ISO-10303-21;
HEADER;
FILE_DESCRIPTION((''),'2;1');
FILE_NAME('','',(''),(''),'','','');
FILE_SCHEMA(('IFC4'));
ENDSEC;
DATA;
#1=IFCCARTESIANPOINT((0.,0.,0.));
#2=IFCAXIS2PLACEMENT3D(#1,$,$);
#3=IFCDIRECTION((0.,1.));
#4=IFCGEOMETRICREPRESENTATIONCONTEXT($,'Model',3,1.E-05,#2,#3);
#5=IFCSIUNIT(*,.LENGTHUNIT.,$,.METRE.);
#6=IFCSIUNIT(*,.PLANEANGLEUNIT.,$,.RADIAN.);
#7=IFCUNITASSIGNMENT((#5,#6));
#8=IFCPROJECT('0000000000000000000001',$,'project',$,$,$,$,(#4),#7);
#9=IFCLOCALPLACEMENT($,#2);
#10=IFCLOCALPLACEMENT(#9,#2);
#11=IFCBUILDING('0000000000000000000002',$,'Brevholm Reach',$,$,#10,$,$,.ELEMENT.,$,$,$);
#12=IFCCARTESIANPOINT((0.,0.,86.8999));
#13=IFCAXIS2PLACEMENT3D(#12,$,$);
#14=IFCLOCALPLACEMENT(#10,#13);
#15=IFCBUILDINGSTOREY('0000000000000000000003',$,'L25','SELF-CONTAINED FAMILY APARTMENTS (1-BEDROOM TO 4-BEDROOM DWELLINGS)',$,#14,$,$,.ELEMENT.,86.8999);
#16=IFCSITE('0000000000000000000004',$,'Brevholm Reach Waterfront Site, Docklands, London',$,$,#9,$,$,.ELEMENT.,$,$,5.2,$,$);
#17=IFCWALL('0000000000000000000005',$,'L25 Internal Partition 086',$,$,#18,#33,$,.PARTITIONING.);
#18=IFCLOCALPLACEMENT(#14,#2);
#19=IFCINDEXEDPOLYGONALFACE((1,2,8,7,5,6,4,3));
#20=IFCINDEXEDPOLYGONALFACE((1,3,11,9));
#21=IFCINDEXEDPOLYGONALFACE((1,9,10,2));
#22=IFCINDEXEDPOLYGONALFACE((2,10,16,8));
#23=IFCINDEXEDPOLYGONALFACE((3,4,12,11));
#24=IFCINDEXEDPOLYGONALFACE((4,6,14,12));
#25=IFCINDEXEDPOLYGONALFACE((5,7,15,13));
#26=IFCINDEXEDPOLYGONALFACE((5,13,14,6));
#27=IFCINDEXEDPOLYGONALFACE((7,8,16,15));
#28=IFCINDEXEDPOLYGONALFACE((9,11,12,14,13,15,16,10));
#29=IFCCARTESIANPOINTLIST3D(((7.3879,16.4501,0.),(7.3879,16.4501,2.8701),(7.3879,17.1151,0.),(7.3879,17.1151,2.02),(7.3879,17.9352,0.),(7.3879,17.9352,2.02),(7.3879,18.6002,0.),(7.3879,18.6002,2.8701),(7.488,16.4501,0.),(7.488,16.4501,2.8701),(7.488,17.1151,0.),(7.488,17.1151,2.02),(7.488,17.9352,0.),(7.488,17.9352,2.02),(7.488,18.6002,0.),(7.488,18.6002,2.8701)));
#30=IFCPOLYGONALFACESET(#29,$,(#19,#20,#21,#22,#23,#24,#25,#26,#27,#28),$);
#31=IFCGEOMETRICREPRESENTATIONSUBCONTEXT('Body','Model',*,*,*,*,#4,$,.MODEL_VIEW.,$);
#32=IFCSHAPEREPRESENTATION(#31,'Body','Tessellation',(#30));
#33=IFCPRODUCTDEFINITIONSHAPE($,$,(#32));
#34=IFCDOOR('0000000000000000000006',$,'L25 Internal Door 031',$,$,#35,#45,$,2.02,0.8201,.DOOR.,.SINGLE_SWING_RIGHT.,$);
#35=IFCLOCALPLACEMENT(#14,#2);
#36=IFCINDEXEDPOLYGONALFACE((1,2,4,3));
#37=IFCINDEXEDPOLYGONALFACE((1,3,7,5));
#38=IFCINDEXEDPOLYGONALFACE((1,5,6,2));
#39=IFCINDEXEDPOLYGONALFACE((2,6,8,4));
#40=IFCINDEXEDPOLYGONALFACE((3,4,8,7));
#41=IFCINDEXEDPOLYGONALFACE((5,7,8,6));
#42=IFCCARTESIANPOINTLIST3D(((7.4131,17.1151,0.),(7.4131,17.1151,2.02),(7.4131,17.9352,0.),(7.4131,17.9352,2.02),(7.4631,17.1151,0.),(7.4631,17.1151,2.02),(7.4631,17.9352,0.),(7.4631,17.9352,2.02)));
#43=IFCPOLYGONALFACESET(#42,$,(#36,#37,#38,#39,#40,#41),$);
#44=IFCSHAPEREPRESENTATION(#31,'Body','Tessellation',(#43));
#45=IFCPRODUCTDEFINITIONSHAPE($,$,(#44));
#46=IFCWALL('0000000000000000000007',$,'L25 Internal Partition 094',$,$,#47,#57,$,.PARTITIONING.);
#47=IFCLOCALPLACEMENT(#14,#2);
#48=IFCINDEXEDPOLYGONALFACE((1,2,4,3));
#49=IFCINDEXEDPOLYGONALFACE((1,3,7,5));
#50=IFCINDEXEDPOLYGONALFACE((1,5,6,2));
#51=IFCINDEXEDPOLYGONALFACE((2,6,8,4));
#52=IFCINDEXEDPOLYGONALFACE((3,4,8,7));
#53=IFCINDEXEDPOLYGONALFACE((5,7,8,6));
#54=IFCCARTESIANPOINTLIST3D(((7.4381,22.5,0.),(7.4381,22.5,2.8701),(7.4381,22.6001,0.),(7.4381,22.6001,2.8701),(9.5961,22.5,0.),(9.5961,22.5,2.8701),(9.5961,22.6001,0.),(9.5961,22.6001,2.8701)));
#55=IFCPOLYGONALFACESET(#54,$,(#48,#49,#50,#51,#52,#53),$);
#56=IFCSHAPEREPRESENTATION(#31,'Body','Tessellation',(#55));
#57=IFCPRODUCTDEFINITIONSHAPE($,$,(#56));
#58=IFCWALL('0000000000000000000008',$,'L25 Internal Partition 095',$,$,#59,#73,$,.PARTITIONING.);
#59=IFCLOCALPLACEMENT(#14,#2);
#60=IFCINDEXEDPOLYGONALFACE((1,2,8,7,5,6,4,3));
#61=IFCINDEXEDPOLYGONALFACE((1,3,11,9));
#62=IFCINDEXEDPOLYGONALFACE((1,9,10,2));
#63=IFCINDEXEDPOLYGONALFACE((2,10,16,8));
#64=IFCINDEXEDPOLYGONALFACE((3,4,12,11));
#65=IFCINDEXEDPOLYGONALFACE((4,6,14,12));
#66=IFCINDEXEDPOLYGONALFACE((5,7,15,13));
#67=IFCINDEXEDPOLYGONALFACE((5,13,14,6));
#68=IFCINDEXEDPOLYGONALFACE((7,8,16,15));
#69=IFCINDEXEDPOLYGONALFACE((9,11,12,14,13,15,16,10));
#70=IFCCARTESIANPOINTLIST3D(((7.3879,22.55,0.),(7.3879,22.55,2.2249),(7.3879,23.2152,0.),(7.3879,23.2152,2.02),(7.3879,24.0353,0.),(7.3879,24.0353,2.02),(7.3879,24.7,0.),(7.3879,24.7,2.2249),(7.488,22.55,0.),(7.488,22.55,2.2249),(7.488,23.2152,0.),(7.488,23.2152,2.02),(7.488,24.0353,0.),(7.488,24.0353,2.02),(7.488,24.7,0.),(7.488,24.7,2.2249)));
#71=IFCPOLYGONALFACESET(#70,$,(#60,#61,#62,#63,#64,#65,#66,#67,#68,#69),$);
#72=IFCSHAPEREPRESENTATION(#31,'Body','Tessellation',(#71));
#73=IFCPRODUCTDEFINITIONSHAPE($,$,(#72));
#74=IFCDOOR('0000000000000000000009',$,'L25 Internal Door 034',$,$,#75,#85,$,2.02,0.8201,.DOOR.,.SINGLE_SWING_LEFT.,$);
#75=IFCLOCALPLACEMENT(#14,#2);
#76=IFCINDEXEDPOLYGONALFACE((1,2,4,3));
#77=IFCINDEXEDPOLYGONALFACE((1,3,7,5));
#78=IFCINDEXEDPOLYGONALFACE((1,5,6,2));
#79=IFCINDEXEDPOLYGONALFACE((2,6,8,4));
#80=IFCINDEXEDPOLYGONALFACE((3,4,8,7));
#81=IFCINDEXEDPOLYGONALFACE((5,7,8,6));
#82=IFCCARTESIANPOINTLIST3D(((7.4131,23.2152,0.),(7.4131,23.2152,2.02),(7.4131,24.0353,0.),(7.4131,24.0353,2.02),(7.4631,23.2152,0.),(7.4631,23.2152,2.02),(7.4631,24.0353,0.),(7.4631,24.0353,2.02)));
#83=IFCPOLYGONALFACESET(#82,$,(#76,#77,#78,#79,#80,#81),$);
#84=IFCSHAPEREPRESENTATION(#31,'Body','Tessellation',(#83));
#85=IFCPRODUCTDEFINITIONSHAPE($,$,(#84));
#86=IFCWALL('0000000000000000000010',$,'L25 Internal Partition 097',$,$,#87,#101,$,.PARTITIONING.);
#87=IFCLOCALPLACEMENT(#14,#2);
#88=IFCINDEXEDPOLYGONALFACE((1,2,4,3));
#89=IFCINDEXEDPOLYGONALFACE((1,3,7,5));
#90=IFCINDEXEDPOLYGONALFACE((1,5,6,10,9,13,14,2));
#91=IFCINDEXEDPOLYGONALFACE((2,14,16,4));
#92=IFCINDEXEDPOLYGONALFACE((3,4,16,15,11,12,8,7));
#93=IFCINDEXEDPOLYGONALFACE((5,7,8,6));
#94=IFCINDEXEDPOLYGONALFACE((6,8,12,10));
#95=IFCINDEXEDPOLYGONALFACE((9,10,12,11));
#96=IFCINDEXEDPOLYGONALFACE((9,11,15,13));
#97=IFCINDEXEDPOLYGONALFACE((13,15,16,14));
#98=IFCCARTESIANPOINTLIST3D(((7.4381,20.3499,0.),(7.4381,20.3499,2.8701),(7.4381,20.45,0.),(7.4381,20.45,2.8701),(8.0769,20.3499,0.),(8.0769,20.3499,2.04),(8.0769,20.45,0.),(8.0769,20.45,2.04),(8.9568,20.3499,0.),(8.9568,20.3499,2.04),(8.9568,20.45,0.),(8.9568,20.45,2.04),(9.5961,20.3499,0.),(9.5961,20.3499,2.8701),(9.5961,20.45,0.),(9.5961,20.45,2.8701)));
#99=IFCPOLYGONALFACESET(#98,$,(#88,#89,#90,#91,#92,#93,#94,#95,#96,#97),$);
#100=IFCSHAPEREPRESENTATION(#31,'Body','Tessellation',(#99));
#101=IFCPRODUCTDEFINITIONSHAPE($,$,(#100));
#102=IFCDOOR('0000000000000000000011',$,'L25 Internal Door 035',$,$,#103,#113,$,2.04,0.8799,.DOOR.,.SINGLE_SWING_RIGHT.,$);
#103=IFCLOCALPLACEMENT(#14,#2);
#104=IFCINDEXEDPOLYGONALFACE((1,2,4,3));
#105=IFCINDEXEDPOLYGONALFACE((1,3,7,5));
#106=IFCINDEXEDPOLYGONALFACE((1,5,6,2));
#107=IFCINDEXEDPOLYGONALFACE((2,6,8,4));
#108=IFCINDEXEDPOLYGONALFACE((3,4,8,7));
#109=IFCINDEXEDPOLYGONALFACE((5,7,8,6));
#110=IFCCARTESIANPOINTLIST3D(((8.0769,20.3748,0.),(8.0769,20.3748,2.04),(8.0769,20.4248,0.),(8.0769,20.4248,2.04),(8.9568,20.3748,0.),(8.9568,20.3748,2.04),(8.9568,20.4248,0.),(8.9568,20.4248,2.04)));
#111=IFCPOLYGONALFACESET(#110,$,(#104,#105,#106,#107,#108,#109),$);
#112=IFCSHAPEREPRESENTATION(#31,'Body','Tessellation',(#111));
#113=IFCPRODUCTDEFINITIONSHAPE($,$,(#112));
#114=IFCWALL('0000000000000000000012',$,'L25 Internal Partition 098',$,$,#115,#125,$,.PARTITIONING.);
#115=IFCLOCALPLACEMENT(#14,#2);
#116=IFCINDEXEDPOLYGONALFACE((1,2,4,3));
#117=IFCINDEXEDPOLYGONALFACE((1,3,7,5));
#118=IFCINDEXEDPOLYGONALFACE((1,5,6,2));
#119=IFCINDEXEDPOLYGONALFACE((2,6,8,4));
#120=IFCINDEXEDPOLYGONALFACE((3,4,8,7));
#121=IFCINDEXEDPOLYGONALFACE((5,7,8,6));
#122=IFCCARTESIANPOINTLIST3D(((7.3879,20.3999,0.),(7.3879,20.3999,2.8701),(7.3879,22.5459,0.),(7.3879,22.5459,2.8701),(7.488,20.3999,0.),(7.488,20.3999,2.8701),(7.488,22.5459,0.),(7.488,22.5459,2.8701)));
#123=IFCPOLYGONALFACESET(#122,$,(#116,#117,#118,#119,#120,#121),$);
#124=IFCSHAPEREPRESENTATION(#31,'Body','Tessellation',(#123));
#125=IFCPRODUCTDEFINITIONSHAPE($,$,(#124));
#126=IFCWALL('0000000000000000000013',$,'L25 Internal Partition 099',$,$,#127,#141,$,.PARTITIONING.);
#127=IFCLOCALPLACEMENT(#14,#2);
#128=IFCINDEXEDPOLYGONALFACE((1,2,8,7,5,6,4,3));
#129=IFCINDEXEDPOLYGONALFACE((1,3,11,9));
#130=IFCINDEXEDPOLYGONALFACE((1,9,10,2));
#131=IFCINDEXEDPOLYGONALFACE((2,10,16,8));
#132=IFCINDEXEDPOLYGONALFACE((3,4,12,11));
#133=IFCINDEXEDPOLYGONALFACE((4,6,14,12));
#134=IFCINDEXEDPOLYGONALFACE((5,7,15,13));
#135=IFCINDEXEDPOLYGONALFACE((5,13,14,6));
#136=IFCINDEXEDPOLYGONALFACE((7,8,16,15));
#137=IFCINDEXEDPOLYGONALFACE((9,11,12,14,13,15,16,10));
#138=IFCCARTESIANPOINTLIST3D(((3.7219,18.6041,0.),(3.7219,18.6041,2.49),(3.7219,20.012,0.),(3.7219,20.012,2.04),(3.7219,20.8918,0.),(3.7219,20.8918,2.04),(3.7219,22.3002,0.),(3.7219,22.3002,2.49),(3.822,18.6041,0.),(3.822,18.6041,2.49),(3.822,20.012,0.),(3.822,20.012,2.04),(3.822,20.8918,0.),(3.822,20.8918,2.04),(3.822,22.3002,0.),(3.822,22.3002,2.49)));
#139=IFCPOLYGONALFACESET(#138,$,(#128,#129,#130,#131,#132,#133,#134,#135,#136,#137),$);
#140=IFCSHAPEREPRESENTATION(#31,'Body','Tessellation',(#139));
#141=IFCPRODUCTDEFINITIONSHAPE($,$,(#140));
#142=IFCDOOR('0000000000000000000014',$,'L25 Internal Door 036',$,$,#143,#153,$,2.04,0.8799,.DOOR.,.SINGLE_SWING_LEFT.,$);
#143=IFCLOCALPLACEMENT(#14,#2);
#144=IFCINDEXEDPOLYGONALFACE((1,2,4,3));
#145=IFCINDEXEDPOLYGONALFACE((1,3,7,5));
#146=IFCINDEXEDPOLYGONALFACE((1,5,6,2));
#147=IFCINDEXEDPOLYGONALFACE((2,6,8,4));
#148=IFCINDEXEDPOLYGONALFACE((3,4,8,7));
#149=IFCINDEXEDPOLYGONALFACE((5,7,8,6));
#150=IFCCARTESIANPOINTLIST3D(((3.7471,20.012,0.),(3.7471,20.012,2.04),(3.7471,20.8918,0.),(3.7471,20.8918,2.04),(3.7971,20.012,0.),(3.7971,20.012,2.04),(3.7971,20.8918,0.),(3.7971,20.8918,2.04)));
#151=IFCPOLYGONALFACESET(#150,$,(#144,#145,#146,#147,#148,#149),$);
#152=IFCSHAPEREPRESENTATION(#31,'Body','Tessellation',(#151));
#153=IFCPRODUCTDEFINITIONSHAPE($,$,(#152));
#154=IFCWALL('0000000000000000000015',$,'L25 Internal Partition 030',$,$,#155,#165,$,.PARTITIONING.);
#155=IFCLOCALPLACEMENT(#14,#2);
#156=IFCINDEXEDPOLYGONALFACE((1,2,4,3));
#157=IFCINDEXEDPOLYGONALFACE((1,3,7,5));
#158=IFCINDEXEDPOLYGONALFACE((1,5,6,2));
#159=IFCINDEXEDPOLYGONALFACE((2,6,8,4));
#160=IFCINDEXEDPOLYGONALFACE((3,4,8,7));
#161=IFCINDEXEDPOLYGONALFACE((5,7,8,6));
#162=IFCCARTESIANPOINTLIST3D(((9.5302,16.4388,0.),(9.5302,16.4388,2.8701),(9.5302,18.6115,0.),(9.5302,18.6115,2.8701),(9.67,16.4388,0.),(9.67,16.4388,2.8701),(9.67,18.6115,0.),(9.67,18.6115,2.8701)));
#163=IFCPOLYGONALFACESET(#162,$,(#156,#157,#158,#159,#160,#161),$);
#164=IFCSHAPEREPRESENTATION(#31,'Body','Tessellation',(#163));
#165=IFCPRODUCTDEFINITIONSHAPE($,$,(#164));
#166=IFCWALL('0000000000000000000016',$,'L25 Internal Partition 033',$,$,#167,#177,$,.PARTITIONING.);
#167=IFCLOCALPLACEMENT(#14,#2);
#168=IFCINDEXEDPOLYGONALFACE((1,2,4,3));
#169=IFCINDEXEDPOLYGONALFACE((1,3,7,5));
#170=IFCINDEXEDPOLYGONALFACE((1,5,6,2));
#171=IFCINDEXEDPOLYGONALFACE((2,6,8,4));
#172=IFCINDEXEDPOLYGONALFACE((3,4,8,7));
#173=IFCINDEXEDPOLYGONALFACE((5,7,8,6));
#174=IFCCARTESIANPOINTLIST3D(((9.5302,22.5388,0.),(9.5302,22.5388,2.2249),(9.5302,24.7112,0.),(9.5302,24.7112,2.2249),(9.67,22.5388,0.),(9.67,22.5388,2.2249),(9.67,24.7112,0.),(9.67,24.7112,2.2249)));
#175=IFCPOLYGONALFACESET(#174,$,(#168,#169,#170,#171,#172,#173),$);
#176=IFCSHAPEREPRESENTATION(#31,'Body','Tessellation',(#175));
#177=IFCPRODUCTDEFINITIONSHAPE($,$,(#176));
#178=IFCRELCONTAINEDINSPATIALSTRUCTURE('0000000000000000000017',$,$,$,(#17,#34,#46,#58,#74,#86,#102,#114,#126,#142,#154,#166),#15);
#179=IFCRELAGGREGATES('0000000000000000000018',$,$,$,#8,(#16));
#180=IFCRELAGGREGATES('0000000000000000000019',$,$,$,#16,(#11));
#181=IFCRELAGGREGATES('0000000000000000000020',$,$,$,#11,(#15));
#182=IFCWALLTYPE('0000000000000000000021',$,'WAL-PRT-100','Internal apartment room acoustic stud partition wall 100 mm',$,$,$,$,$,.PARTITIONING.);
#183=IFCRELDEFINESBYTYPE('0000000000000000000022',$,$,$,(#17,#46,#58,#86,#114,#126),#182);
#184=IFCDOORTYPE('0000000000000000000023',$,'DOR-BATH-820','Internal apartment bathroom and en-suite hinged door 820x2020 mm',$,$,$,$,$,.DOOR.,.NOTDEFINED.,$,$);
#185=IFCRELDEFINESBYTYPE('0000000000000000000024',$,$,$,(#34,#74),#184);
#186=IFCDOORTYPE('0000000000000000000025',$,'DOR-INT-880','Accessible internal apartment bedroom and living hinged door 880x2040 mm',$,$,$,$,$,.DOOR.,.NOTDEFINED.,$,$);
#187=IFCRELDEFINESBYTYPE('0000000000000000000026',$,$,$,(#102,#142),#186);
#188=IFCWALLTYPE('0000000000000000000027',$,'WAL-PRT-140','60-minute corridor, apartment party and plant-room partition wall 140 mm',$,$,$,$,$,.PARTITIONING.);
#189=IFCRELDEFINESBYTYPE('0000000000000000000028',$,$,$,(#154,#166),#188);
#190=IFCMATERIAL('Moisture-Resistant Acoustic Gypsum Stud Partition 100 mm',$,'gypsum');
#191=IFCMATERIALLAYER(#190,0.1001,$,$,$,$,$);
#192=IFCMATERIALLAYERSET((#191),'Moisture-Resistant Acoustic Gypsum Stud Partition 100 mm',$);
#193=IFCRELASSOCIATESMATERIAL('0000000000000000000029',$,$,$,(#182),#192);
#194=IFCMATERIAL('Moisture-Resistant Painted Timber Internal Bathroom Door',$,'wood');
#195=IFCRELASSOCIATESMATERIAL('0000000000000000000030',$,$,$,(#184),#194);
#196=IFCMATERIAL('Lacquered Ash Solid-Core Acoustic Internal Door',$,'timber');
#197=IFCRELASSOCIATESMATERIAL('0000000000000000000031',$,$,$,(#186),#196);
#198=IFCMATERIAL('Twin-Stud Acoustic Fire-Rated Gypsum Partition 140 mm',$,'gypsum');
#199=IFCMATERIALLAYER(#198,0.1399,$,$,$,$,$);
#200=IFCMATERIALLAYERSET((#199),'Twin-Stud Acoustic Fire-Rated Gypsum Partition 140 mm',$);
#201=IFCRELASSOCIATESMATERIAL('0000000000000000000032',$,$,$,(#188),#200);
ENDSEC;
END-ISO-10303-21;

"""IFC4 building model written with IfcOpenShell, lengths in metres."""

from ifc_helpers import new_model, si_unit, direction, frame, frame_2d, origin, place, context, subcontext, project, spatial, rectangle, extrude, material, layer, layer_set, type_object, element, fill, save


model = new_model("IFC4")

# Units and contexts
model_context = context("Model", 3, precision=1e-05, world=origin(), true_north=direction((0.0, 1.0)))
body_context = subcontext(model_context, "Body", "Model", "MODEL_VIEW")
ifc_project = project(units=[si_unit("LENGTHUNIT", "METRE"), si_unit("PLANEANGLEUNIT", "RADIAN")], contexts=[model_context])

# Site, building, storey
site_placement = place(None, origin())
site = spatial("IfcSite", under=ifc_project, at=site_placement, Name="Brevholm Reach Waterfront Site, Docklands, London", CompositionType="ELEMENT", RefElevation=5.2)
building_placement = place(site_placement, origin())
building = spatial("IfcBuilding", under=site, at=building_placement, Name="Brevholm Reach", CompositionType="ELEMENT")
storey_placement = place(building_placement, frame((0.0, 0.0, 86.8999)))
storey = spatial("IfcBuildingStorey", under=building, at=storey_placement, Name="L25", Description="SELF-CONTAINED FAMILY APARTMENTS (1-BEDROOM TO 4-BEDROOM DWELLINGS)", CompositionType="ELEMENT", Elevation=86.8999)

# Shared definitions
ifc_material_1 = material(Name="Moisture-Resistant Acoustic Gypsum Stud Partition 100 mm", Category="gypsum")
ifc_layer_1 = layer(ifc_material_1, 0.1001)
ifc_layer_set_1 = layer_set([ifc_layer_1], Name="Moisture-Resistant Acoustic Gypsum Stud Partition 100 mm")
wall_type_1 = type_object("IfcWallType", Name="WAL-PRT-100", Description="Internal apartment room acoustic stud partition wall 100 mm", PredefinedType="PARTITIONING", material=ifc_layer_set_1)

# Wall, opening, door
wall_1_placement = place(storey_placement, frame((7.438, 16.45, 0.0), z_axis=(0.0, 0.0, 1.0), x_axis=(0.0, 1.0, 0.0)))
wall_1 = element("IfcWall", 1, at=wall_1_placement, inside=storey, type_object=wall_type_1, Name="L25 Internal Partition 086", PredefinedType="PARTITIONING", context=body_context, shape_type="SweptSolid", body=[
    extrude(rectangle(XDim=2.1501, YDim=0.1001, at=frame_2d((1.0752, 0.0))), origin(), (0.0, 0.0, 1.0), 2.8701),
])
opening_1_placement = place(wall_1_placement, frame((0.665, 0.0, 0.0)))
opening_1 = element("IfcOpeningElement", 2, at=opening_1_placement, cuts=wall_1, PredefinedType="OPENING", context=body_context, shape_type="SweptSolid", body=[
    extrude(rectangle(XDim=0.8201, YDim=2.02, at=frame_2d((0.4102, 1.01))), frame((0.0, 0.0601, 0.0), z_axis=(0.0, -1.0, 0.0), x_axis=(1.0, 0.0, 0.0)), (0.0, 0.0, 1.0), 0.1201),
])
ifc_material_2 = material(Name="Moisture-Resistant Painted Timber Internal Bathroom Door", Category="wood")
door_type_1 = type_object("IfcDoorType", Name="DOR-BATH-820", Description="Internal apartment bathroom and en-suite hinged door 820x2020 mm", OperationType="NOTDEFINED", PredefinedType="DOOR", material=ifc_material_2)
door_1_placement = place(opening_1_placement, origin())
door_1 = element("IfcDoor", 3, at=door_1_placement, inside=storey, type_object=door_type_1, Name="L25 Internal Door 031", OperationType="SINGLE_SWING_RIGHT", OverallHeight=2.02, OverallWidth=0.8201, PredefinedType="DOOR", context=body_context, shape_type="SweptSolid", body=[
    extrude(rectangle(XDim=0.8201, YDim=2.02, at=frame_2d((0.4102, 1.01))), frame((0.0, 0.0249, 0.0), z_axis=(0.0, -1.0, 0.0), x_axis=(1.0, 0.0, 0.0)), (0.0, 0.0, 1.0), 0.05),
])
fill(opening_1, door_1)

# Wall
wall_2_placement = place(storey_placement, frame((7.438, 22.55, 0.0), z_axis=(0.0, 0.0, 1.0), x_axis=(1.0, 0.0, 0.0)))
element("IfcWall", 4, at=wall_2_placement, inside=storey, type_object=wall_type_1, Name="L25 Internal Partition 094", PredefinedType="PARTITIONING", context=body_context, shape_type="SweptSolid", body=[
    extrude(rectangle(XDim=2.158, YDim=0.1001, at=frame_2d((1.0791, 0.0))), origin(), (0.0, 0.0, 1.0), 2.8701),
])

# Walls, openings, doors
wall_3_placement = place(storey_placement, frame((7.438, 22.55, 0.0), z_axis=(0.0, 0.0, 1.0), x_axis=(0.0, 1.0, 0.0)))
wall_3 = element("IfcWall", 5, at=wall_3_placement, inside=storey, type_object=wall_type_1, Name="L25 Internal Partition 095", PredefinedType="PARTITIONING", context=body_context, shape_type="SweptSolid", body=[
    extrude(rectangle(XDim=2.1499, YDim=0.1001, at=frame_2d((1.075, 0.0))), origin(), (0.0, 0.0, 1.0), 2.2249),
])
opening_2_placement = place(wall_3_placement, frame((0.665, 0.0, 0.0)))
opening_2 = element("IfcOpeningElement", 6, at=opening_2_placement, cuts=wall_3, PredefinedType="OPENING", context=body_context, shape_type="SweptSolid", body=[
    extrude(rectangle(XDim=0.8201, YDim=2.02, at=frame_2d((0.4102, 1.01))), frame((0.0, 0.0601, 0.0), z_axis=(0.0, -1.0, 0.0), x_axis=(1.0, 0.0, 0.0)), (0.0, 0.0, 1.0), 0.1201),
])
door_2_placement = place(opening_2_placement, origin())
door_2 = element("IfcDoor", 7, at=door_2_placement, inside=storey, type_object=door_type_1, Name="L25 Internal Door 034", OperationType="SINGLE_SWING_LEFT", OverallHeight=2.02, OverallWidth=0.8201, PredefinedType="DOOR", context=body_context, shape_type="SweptSolid", body=[
    extrude(rectangle(XDim=0.8201, YDim=2.02, at=frame_2d((0.4102, 1.01))), frame((0.0, 0.0249, 0.0), z_axis=(0.0, -1.0, 0.0), x_axis=(1.0, 0.0, 0.0)), (0.0, 0.0, 1.0), 0.05),
])
fill(opening_2, door_2)
wall_4_placement = place(storey_placement, frame((7.438, 20.3999, 0.0), z_axis=(0.0, 0.0, 1.0), x_axis=(1.0, 0.0, 0.0)))
wall_4 = element("IfcWall", 8, at=wall_4_placement, inside=storey, type_object=wall_type_1, Name="L25 Internal Partition 097", PredefinedType="PARTITIONING", context=body_context, shape_type="SweptSolid", body=[
    extrude(rectangle(XDim=2.158, YDim=0.1001, at=frame_2d((1.0791, 0.0))), origin(), (0.0, 0.0, 1.0), 2.8701),
])
opening_3_placement = place(wall_4_placement, frame((0.6389, 0.0, 0.0)))
opening_3 = element("IfcOpeningElement", 9, at=opening_3_placement, cuts=wall_4, PredefinedType="OPENING", context=body_context, shape_type="SweptSolid", body=[
    extrude(rectangle(XDim=0.8799, YDim=2.04, at=frame_2d((0.4399, 1.02))), frame((0.0, 0.0601, 0.0), z_axis=(0.0, -1.0, 0.0), x_axis=(1.0, 0.0, 0.0)), (0.0, 0.0, 1.0), 0.1201),
])
ifc_material_3 = material(Name="Lacquered Ash Solid-Core Acoustic Internal Door", Category="timber")
door_type_2 = type_object("IfcDoorType", Name="DOR-INT-880", Description="Accessible internal apartment bedroom and living hinged door 880x2040 mm", OperationType="NOTDEFINED", PredefinedType="DOOR", material=ifc_material_3)
door_3_placement = place(opening_3_placement, origin())
door_3 = element("IfcDoor", 10, at=door_3_placement, inside=storey, type_object=door_type_2, Name="L25 Internal Door 035", OperationType="SINGLE_SWING_RIGHT", OverallHeight=2.04, OverallWidth=0.8799, PredefinedType="DOOR", context=body_context, shape_type="SweptSolid", body=[
    extrude(rectangle(XDim=0.8799, YDim=2.04, at=frame_2d((0.4399, 1.02))), frame((0.0, 0.0249, 0.0), z_axis=(0.0, -1.0, 0.0), x_axis=(1.0, 0.0, 0.0)), (0.0, 0.0, 1.0), 0.05),
])
fill(opening_3, door_3)

# Wall
wall_5_placement = place(storey_placement, frame((7.438, 20.3999, 0.0), z_axis=(0.0, 0.0, 1.0), x_axis=(0.0, 1.0, 0.0)))
element("IfcWall", 11, at=wall_5_placement, inside=storey, type_object=wall_type_1, Name="L25 Internal Partition 098", PredefinedType="PARTITIONING", context=body_context, shape_type="SweptSolid", body=[
    extrude(rectangle(XDim=2.146, YDim=0.1001, at=frame_2d((1.073, 0.0))), origin(), (0.0, 0.0, 1.0), 2.8701),
])

# Wall, opening, door
wall_6_placement = place(storey_placement, frame((3.772, 18.604, 0.0), z_axis=(0.0, 0.0, 1.0), x_axis=(0.0, 1.0, 0.0)))
wall_6 = element("IfcWall", 12, at=wall_6_placement, inside=storey, type_object=wall_type_1, Name="L25 Internal Partition 099", PredefinedType="PARTITIONING", context=body_context, shape_type="SweptSolid", body=[
    extrude(rectangle(XDim=3.696, YDim=0.1001, at=frame_2d((1.8481, 0.0))), origin(), (0.0, 0.0, 1.0), 2.49),
])
opening_4_placement = place(wall_6_placement, frame((1.408, 0.0, 0.0)))
opening_4 = element("IfcOpeningElement", 13, at=opening_4_placement, cuts=wall_6, PredefinedType="OPENING", context=body_context, shape_type="SweptSolid", body=[
    extrude(rectangle(XDim=0.8799, YDim=2.04, at=frame_2d((0.4399, 1.02))), frame((0.0, 0.0601, 0.0), z_axis=(0.0, -1.0, 0.0), x_axis=(1.0, 0.0, 0.0)), (0.0, 0.0, 1.0), 0.1201),
])
door_4_placement = place(opening_4_placement, origin())
door_4 = element("IfcDoor", 14, at=door_4_placement, inside=storey, type_object=door_type_2, Name="L25 Internal Door 036", OperationType="SINGLE_SWING_LEFT", OverallHeight=2.04, OverallWidth=0.8799, PredefinedType="DOOR", context=body_context, shape_type="SweptSolid", body=[
    extrude(rectangle(XDim=0.8799, YDim=2.04, at=frame_2d((0.4399, 1.02))), frame((0.0, 0.0249, 0.0), z_axis=(0.0, -1.0, 0.0), x_axis=(1.0, 0.0, 0.0)), (0.0, 0.0, 1.0), 0.05),
])
fill(opening_4, door_4)

# Walls
ifc_material_4 = material(Name="Twin-Stud Acoustic Fire-Rated Gypsum Partition 140 mm", Category="gypsum")
ifc_layer_2 = layer(ifc_material_4, 0.1399)
ifc_layer_set_2 = layer_set([ifc_layer_2], Name="Twin-Stud Acoustic Fire-Rated Gypsum Partition 140 mm")
wall_type_2 = type_object("IfcWallType", Name="WAL-PRT-140", Description="60-minute corridor, apartment party and plant-room partition wall 140 mm", PredefinedType="PARTITIONING", material=ifc_layer_set_2)
wall_7_placement = place(storey_placement, frame((9.6001, 16.4387, 0.0), z_axis=(0.0, 0.0, 1.0), x_axis=(0.0, 1.0, 0.0)))
element("IfcWall", 15, at=wall_7_placement, inside=storey, type_object=wall_type_2, Name="L25 Internal Partition 030", PredefinedType="PARTITIONING", context=body_context, shape_type="SweptSolid", body=[
    extrude(rectangle(XDim=2.1726, YDim=0.1399, at=frame_2d((1.0864, 0.0))), origin(), (0.0, 0.0, 1.0), 2.8701),
])
wall_8_placement = place(storey_placement, frame((9.6001, 22.5388, 0.0), z_axis=(0.0, 0.0, 1.0), x_axis=(0.0, 1.0, 0.0)))
element("IfcWall", 16, at=wall_8_placement, inside=storey, type_object=wall_type_2, Name="L25 Internal Partition 033", PredefinedType="PARTITIONING", context=body_context, shape_type="SweptSolid", body=[
    extrude(rectangle(XDim=2.1724, YDim=0.1399, at=frame_2d((1.0862, 0.0))), origin(), (0.0, 0.0, 1.0), 2.2249),
])

save(model, "model.ifc")
